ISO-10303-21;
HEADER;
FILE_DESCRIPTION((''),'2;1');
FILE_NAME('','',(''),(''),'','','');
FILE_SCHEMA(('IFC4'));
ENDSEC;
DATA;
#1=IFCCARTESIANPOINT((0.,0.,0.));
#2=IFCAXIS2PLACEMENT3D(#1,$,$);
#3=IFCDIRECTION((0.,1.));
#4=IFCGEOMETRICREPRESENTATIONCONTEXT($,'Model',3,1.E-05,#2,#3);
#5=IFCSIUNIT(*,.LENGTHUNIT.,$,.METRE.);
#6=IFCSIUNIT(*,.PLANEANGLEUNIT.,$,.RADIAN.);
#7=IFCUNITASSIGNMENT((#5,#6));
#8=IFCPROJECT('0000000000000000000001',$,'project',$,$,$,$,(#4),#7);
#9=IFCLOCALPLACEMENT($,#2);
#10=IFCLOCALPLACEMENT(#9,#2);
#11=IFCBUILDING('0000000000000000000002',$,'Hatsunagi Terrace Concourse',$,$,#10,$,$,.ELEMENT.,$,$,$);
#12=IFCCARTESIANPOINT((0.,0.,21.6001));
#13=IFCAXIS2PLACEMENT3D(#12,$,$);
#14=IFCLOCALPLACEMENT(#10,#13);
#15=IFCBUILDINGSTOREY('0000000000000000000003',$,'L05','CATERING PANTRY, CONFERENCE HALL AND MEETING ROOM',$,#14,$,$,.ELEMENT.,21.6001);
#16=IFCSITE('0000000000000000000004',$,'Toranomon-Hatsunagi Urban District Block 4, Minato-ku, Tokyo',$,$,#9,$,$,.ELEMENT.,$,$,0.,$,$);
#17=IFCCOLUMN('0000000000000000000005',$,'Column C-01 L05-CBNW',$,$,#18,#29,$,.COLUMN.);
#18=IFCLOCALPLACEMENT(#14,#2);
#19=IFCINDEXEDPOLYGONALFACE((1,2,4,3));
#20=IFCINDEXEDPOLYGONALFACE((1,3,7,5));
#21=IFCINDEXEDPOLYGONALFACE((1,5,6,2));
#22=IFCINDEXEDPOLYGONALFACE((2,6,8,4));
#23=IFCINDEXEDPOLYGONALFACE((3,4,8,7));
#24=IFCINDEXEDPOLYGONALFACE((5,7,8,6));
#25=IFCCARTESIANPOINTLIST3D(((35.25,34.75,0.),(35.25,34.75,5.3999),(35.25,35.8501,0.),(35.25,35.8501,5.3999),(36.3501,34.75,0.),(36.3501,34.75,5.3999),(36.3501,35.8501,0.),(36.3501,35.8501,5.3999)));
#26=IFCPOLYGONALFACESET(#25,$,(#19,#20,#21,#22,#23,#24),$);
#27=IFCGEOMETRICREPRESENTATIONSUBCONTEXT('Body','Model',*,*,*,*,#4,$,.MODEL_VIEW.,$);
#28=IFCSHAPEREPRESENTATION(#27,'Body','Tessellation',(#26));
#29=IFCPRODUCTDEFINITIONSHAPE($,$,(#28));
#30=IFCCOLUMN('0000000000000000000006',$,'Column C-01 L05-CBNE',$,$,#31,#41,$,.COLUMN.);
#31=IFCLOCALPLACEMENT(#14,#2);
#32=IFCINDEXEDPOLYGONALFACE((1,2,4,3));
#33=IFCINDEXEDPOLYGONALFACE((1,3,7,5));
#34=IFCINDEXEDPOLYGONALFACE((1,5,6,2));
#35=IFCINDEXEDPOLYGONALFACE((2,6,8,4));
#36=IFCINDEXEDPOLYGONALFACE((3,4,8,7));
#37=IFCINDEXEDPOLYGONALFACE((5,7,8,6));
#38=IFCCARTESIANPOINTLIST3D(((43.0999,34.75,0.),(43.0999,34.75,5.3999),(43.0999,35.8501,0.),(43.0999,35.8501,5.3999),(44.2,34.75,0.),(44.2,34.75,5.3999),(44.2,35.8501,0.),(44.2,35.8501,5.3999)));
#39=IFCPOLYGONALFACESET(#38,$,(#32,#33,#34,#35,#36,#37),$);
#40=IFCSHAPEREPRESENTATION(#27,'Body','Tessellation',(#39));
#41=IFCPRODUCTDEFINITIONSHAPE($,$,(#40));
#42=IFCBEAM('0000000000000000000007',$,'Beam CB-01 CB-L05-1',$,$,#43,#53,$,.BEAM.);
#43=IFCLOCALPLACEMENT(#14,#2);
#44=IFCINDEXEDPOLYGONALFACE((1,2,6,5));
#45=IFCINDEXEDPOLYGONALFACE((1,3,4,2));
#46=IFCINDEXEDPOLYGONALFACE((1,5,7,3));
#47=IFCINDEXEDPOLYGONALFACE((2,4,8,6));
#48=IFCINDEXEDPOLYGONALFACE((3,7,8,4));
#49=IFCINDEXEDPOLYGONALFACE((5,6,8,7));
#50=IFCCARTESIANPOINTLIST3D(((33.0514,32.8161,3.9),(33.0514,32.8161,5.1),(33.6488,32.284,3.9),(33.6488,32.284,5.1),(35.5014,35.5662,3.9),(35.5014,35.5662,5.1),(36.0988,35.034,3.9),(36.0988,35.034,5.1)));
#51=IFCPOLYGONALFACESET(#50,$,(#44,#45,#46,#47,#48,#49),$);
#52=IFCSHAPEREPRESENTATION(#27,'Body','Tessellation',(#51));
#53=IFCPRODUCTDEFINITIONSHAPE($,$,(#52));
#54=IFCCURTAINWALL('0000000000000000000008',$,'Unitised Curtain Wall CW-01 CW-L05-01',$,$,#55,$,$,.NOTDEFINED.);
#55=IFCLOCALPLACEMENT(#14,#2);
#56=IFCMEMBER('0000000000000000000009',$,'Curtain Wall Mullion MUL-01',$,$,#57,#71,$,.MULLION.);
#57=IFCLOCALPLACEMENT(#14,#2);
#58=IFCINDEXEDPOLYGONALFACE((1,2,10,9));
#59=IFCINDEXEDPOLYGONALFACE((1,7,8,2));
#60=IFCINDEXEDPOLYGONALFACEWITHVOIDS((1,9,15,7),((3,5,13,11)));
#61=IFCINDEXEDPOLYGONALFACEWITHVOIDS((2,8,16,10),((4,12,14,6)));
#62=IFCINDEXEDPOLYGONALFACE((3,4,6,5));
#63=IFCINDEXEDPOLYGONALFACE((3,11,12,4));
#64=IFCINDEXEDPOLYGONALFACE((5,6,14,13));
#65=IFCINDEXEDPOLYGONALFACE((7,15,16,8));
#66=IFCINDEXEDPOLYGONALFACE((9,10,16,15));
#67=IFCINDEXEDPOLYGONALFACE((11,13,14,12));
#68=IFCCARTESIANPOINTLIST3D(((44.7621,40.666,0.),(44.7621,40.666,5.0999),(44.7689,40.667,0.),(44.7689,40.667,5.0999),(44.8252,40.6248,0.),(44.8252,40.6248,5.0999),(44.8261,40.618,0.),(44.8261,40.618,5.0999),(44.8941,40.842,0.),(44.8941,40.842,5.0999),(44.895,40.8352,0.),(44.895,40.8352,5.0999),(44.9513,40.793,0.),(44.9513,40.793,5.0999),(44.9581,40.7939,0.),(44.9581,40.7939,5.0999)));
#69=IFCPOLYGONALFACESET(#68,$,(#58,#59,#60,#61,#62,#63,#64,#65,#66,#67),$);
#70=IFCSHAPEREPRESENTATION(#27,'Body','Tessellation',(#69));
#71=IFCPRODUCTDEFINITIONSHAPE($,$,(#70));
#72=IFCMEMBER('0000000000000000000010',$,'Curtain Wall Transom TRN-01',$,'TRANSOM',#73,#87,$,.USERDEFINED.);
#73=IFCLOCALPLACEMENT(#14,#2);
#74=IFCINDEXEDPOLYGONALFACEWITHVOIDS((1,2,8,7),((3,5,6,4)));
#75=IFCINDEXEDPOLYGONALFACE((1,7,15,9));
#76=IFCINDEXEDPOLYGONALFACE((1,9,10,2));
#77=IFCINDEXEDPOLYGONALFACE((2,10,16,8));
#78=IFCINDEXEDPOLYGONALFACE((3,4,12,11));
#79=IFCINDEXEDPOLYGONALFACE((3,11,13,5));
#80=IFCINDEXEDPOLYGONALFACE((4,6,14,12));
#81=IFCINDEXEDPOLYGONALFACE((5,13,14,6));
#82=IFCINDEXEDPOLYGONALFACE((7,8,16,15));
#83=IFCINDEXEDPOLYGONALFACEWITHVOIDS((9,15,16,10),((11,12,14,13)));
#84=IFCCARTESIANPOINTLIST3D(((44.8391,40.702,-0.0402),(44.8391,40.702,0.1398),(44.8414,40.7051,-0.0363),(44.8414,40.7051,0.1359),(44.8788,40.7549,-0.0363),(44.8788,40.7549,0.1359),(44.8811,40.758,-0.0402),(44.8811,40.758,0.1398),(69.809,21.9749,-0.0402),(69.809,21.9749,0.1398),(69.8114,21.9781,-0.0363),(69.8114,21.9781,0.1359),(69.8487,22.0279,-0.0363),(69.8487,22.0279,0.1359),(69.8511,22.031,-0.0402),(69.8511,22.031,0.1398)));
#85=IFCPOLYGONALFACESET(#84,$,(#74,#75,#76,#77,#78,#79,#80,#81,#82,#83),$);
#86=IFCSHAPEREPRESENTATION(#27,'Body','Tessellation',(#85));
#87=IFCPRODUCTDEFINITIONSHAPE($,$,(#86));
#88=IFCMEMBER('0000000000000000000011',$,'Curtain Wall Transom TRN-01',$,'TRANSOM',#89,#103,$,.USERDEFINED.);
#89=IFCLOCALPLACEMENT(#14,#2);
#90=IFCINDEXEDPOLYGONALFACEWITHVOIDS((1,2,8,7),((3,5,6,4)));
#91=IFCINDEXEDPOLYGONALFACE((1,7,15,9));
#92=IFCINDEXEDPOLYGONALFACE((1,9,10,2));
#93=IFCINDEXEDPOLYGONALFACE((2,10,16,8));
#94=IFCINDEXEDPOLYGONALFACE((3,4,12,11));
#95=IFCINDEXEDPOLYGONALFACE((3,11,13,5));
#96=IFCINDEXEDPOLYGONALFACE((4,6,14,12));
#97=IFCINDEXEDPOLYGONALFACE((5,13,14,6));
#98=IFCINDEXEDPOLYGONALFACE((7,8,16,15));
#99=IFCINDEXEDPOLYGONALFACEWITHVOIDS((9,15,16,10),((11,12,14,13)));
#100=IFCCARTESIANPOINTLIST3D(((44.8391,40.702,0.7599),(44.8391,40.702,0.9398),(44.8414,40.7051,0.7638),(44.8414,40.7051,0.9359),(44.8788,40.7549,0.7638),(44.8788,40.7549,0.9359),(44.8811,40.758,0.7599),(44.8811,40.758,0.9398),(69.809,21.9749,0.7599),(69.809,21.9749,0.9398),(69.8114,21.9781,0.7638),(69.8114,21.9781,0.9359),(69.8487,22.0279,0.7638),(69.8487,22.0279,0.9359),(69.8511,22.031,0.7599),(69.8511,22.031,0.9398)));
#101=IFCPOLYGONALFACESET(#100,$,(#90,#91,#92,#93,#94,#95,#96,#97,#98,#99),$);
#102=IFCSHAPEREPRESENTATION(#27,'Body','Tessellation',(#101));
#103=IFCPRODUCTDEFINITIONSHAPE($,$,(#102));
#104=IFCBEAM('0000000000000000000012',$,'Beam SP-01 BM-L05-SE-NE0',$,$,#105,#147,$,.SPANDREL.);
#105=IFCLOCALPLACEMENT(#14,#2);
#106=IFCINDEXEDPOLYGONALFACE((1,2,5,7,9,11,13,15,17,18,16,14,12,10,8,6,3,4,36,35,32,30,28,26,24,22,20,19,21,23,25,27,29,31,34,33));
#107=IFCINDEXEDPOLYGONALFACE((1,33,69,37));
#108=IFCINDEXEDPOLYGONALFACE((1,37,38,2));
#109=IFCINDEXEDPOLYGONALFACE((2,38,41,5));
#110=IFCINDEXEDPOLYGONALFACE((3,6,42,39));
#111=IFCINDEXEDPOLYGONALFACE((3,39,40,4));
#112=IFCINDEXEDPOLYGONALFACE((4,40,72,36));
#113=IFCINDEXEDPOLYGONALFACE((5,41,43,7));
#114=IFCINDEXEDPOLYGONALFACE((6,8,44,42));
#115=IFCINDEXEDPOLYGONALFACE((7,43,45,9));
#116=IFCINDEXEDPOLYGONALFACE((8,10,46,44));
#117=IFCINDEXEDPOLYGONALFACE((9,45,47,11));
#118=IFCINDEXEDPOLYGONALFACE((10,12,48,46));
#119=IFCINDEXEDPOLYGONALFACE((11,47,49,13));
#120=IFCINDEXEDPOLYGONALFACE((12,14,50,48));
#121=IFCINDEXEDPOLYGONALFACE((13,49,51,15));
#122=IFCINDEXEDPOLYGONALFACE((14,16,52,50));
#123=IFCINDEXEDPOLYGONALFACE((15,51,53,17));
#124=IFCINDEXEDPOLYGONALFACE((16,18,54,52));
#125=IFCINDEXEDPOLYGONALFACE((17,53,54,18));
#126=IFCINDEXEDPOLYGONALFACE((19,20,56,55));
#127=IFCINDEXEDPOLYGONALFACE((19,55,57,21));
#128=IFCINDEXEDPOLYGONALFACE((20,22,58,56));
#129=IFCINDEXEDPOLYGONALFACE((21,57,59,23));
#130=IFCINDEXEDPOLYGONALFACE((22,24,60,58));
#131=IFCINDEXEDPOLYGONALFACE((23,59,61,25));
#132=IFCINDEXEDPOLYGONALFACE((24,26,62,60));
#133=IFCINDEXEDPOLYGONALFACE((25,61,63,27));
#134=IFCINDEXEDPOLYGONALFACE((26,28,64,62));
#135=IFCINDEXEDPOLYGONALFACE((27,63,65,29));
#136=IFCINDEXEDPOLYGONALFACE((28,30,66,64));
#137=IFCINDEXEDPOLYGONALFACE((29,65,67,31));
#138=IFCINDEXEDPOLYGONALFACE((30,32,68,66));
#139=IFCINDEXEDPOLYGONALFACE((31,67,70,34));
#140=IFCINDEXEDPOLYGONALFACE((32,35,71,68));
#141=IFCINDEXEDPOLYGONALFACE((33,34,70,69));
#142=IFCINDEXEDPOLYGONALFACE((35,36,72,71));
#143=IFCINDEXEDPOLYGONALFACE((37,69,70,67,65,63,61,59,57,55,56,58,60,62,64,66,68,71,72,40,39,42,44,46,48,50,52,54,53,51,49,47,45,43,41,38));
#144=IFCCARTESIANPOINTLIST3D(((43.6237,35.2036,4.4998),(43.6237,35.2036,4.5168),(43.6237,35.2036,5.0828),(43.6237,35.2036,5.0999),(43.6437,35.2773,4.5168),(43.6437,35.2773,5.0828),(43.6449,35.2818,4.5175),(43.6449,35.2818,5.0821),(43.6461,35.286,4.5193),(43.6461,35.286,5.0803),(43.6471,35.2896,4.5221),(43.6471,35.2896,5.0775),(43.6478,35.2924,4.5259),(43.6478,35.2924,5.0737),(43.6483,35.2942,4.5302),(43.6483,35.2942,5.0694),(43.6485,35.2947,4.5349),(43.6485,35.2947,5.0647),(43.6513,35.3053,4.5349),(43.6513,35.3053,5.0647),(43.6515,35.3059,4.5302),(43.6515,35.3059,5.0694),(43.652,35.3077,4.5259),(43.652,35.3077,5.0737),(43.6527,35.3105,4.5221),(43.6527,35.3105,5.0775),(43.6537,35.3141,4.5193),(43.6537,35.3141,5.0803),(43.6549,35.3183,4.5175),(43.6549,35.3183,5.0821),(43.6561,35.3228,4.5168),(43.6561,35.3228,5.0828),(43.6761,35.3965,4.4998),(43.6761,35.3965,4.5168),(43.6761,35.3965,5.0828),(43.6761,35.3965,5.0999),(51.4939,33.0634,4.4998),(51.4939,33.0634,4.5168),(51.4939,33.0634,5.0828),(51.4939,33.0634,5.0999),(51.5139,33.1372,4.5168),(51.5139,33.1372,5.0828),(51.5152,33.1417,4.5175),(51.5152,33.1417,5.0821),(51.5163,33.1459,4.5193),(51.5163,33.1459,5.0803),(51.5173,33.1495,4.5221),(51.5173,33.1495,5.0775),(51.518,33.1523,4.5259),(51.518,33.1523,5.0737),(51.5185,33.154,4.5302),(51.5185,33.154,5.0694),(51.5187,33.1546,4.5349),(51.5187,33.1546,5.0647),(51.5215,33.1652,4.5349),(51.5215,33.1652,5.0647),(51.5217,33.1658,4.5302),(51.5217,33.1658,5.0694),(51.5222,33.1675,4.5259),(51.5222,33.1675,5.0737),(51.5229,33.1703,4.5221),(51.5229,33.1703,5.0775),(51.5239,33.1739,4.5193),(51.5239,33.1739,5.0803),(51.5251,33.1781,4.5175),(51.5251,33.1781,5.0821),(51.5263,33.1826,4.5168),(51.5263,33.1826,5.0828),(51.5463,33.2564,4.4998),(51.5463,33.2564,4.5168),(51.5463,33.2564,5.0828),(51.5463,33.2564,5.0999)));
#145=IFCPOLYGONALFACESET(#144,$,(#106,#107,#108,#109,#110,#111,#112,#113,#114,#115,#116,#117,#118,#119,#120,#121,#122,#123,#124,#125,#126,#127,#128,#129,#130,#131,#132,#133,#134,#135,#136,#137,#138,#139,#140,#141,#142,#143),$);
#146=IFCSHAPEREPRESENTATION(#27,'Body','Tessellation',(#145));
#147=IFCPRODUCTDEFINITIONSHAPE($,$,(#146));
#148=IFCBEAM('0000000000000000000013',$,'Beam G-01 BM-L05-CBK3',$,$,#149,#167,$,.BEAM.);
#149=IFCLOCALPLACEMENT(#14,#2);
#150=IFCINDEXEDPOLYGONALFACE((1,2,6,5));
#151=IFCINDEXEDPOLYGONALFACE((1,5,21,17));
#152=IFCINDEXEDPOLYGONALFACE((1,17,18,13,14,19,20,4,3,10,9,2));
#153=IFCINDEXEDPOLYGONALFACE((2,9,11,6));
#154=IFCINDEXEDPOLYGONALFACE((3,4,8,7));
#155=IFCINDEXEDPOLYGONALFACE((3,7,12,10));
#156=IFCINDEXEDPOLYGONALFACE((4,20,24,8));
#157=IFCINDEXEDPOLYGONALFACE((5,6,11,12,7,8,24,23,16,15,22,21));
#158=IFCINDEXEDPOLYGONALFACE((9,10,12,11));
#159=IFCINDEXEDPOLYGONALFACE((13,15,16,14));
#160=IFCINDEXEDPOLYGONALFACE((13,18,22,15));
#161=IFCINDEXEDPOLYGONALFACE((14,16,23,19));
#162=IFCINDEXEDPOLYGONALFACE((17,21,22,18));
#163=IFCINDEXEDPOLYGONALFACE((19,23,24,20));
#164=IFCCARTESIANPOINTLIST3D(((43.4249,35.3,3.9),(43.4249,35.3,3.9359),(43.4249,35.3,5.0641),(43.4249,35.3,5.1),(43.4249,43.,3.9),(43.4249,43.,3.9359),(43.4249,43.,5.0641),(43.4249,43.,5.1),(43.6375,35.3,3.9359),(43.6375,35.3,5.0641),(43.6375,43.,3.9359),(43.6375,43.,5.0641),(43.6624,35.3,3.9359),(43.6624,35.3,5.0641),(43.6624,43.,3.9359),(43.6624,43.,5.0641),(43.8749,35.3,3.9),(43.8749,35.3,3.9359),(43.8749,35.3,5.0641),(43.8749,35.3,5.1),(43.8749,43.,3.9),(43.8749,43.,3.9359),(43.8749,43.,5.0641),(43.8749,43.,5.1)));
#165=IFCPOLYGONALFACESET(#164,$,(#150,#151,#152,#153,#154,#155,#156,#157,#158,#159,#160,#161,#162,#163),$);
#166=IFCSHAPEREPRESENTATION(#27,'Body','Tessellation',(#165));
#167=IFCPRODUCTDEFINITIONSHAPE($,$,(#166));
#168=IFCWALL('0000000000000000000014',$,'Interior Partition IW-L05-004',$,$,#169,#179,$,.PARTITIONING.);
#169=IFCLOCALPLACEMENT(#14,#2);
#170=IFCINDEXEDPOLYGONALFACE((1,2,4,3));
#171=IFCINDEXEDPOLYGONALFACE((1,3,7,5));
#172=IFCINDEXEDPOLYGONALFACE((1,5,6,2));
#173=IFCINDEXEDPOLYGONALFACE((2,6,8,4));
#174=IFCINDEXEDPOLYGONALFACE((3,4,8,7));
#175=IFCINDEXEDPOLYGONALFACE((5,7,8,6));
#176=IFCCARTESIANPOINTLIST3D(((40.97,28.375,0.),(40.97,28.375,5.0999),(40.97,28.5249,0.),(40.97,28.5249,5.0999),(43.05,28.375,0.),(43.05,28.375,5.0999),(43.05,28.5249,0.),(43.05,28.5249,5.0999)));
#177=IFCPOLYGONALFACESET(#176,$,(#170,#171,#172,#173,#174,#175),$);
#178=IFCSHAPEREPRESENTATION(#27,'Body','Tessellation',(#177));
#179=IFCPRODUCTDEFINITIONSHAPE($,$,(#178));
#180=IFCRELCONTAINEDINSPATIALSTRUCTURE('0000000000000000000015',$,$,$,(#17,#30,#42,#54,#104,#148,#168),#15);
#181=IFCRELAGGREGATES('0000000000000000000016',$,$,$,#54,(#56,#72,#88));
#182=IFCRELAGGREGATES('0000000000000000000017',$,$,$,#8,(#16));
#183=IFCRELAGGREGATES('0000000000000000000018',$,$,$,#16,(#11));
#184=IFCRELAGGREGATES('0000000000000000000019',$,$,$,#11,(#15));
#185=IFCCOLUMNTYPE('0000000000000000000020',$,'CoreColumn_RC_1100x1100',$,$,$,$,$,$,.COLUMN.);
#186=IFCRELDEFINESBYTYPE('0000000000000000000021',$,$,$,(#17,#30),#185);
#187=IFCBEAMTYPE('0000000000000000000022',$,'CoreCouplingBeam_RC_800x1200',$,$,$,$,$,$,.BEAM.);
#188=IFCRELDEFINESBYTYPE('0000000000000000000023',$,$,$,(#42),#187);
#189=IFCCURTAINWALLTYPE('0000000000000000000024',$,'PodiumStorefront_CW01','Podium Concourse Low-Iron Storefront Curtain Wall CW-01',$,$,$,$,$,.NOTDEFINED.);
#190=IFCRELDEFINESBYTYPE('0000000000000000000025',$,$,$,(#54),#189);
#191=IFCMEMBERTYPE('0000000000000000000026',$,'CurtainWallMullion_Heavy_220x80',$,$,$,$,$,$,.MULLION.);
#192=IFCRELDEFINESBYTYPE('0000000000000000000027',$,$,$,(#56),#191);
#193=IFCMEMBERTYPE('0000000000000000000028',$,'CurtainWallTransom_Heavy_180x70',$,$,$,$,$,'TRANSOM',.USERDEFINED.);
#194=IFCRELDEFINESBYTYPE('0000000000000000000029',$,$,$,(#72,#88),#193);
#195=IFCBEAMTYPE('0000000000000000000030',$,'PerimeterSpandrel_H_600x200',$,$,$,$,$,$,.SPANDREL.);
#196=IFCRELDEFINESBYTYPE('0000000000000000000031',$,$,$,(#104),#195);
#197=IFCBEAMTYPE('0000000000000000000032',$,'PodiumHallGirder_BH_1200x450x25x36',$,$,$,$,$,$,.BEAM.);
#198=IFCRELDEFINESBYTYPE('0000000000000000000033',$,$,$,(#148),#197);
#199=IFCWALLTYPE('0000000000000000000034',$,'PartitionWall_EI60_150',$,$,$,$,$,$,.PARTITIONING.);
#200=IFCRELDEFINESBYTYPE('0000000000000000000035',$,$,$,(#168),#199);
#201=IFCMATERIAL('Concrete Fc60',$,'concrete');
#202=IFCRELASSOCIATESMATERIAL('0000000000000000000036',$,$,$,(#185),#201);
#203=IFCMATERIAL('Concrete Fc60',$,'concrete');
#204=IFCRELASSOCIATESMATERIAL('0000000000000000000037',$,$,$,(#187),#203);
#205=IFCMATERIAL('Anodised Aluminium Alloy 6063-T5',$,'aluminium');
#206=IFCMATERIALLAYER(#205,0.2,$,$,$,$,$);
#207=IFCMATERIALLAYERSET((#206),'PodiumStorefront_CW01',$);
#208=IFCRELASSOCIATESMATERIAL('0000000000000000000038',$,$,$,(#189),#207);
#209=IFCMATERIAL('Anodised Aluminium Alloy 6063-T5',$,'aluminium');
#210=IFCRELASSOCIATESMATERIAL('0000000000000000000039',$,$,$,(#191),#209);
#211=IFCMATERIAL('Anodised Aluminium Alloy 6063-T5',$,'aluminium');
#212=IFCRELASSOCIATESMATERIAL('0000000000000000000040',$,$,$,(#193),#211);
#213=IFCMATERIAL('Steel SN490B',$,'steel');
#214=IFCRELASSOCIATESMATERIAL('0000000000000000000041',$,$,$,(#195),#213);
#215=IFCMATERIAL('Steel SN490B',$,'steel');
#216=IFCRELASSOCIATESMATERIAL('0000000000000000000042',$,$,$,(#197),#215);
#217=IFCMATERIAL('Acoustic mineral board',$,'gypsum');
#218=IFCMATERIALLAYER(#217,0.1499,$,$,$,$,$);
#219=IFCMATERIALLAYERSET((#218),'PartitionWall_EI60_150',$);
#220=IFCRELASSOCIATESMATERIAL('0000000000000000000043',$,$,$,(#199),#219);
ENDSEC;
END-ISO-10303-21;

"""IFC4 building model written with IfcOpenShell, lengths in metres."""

from ifc_helpers import new_model, si_unit, direction, frame, frame_2d, origin, origin_2d, place, context, subcontext, project, spatial, rectangle, hollow_rectangle, i_section, extrude, material, layer, layer_set, material_profile, profile_set, type_object, element, aggregate, save


model = new_model("IFC4")

# Units and contexts
model_context = context("Model", 3, precision=1e-05, world=origin(), true_north=direction((0.0, 1.0)))
body_context = subcontext(model_context, "Body", "Model", "MODEL_VIEW")
ifc_project = project(units=[si_unit("LENGTHUNIT", "METRE"), si_unit("PLANEANGLEUNIT", "RADIAN")], contexts=[model_context])

# Site, building, storey
site_placement = place(None, origin())
site = spatial("IfcSite", under=ifc_project, at=site_placement, Name="Toranomon-Hatsunagi Urban District Block 4, Minato-ku, Tokyo", CompositionType="ELEMENT", RefElevation=0.0)
building_placement = place(site_placement, origin())
building = spatial("IfcBuilding", under=site, at=building_placement, Name="Hatsunagi Terrace Concourse", CompositionType="ELEMENT")
storey_placement = place(building_placement, frame((0.0, 0.0, 21.6001)))
storey = spatial("IfcBuildingStorey", under=building, at=storey_placement, Name="L05", Description="CATERING PANTRY, CONFERENCE HALL AND MEETING ROOM", CompositionType="ELEMENT", Elevation=21.6001)

# Columns
ifc_material_1 = material(Name="Concrete Fc60", Category="concrete")
ifc_material_profile_1 = material_profile(ifc_material_1, rectangle(XDim=1.1001, YDim=1.1001, at=origin_2d()), Name="RC-1100x1100")
ifc_profile_set_1 = profile_set([ifc_material_profile_1], Name="Concrete Fc60")
column_type = type_object("IfcColumnType", Name="CoreColumn_RC_1100x1100", PredefinedType="COLUMN", material=ifc_profile_set_1)
for number, where, z_axis, x_axis, name in (
    (1, (35.8, 35.3, 0.0), (0.0, 0.0, 1.0), (1.0, 0.0, 0.0), "Column C-01 L05-CBNW"),
    (2, (43.6499, 35.3, 0.0), (0.0, 0.0, 1.0), (1.0, 0.0, 0.0), "Column C-01 L05-CBNE"),
):
    element("IfcColumn", number, at=place(storey_placement, frame(where, z_axis=z_axis, x_axis=x_axis)), inside=storey, type_object=column_type, Name=name, PredefinedType="COLUMN", context=body_context, shape_type="SweptSolid", body=[
        extrude(rectangle(XDim=1.1001, YDim=1.1001, at=origin_2d()), origin(), (0.0, 0.0, 1.0), 5.3999),
    ])

# Beam
ifc_material_2 = material(Name="Concrete Fc60", Category="concrete")
ifc_material_profile_2 = material_profile(ifc_material_2, rectangle(XDim=0.8, YDim=1.2, at=origin_2d()), Name="RC-800x1200")
ifc_profile_set_2 = profile_set([ifc_material_profile_2], Name="Concrete Fc60")
beam_type_1 = type_object("IfcBeamType", Name="CoreCouplingBeam_RC_800x1200", PredefinedType="BEAM", material=ifc_profile_set_2)
beam_1_placement = place(storey_placement, frame((33.3501, 32.55, 4.5), z_axis=(0.665199, 0.746666, 0.0), x_axis=(-0.746666, 0.665199, 0.0)))
element("IfcBeam", 3, at=beam_1_placement, inside=storey, type_object=beam_type_1, Name="Beam CB-01 CB-L05-1", PredefinedType="BEAM", context=body_context, shape_type="SweptSolid", body=[
    extrude(rectangle(XDim=0.8, YDim=1.2, at=origin_2d()), origin(), (0.0, 0.0, 1.0), 3.6831),
])

# Curtain wall, members
ifc_material_3 = material(Name="Anodised Aluminium Alloy 6063-T5", Category="aluminium")
ifc_layer_1 = layer(ifc_material_3, 0.2)
ifc_layer_set_1 = layer_set([ifc_layer_1], Name="PodiumStorefront_CW01")
curtain_wall_type = type_object("IfcCurtainWallType", Name="PodiumStorefront_CW01", Description="Podium Concourse Low-Iron Storefront Curtain Wall CW-01", PredefinedType="NOTDEFINED", material=ifc_layer_set_1)
curtain_wall_placement = place(storey_placement, origin())
curtain_wall = element("IfcCurtainWall", 4, at=curtain_wall_placement, inside=storey, type_object=curtain_wall_type, Name="Unitised Curtain Wall CW-01 CW-L05-01", PredefinedType="NOTDEFINED")
ifc_material_4 = material(Name="Anodised Aluminium Alloy 6063-T5", Category="aluminium")
ifc_material_profile_3 = material_profile(ifc_material_4, hollow_rectangle(XDim=0.0801, YDim=0.22, WallThickness=0.0049, at=origin_2d()), Name="ALU-MUL-220x80x5")
ifc_profile_set_3 = profile_set([ifc_material_profile_3], Name="Anodised Aluminium Alloy 6063-T5")
member_type_1 = type_object("IfcMemberType", Name="CurtainWallMullion_Heavy_220x80", PredefinedType="MULLION", material=ifc_profile_set_3)
member_1_placement = place(storey_placement, frame((44.8601, 40.73, 0.0), z_axis=(0.0, 0.0, 1.0), x_axis=(0.800007, -0.59999, 0.0)))
member_1 = element("IfcMember", 5, at=member_1_placement, type_object=member_type_1, Name="Curtain Wall Mullion MUL-01", PredefinedType="MULLION", context=body_context, shape_type="SweptSolid", body=[
    extrude(hollow_rectangle(XDim=0.0801, YDim=0.22, WallThickness=0.0049, at=origin_2d()), origin(), (0.0, 0.0, 1.0), 5.0999),
])
ifc_material_5 = material(Name="Anodised Aluminium Alloy 6063-T5", Category="aluminium")
ifc_material_profile_4 = material_profile(ifc_material_5, hollow_rectangle(XDim=0.0701, YDim=0.1799, WallThickness=0.0039, at=origin_2d()), Name="ALU-TRN-180x70x4")
ifc_profile_set_4 = profile_set([ifc_material_profile_4], Name="Anodised Aluminium Alloy 6063-T5")
member_type_2 = type_object("IfcMemberType", Name="CurtainWallTransom_Heavy_180x70", ElementType="TRANSOM", PredefinedType="USERDEFINED", material=ifc_profile_set_4)
member_2_placement = place(storey_placement, frame((44.8601, 40.73, 0.0498), z_axis=(0.800007, -0.599991, 0.0), x_axis=(0.599991, 0.800007, 0.0)))
member_2 = element("IfcMember", 6, at=member_2_placement, type_object=member_type_2, Name="Curtain Wall Transom TRN-01", ObjectType="TRANSOM", PredefinedType="USERDEFINED", context=body_context, shape_type="SweptSolid", body=[
    extrude(hollow_rectangle(XDim=0.0701, YDim=0.1799, WallThickness=0.0039, at=origin_2d()), origin(), (0.0, 0.0, 1.0), 31.2122),
])
member_3_placement = place(storey_placement, frame((44.8601, 40.73, 0.8499), z_axis=(0.800007, -0.599991, 0.0), x_axis=(0.599991, 0.800007, 0.0)))
member_3 = element("IfcMember", 7, at=member_3_placement, type_object=member_type_2, Name="Curtain Wall Transom TRN-01", ObjectType="TRANSOM", PredefinedType="USERDEFINED", context=body_context, shape_type="SweptSolid", body=[
    extrude(hollow_rectangle(XDim=0.0701, YDim=0.1799, WallThickness=0.0039, at=origin_2d()), origin(), (0.0, 0.0, 1.0), 31.2122),
])
aggregate(curtain_wall, [member_1, member_2, member_3])

# Beams
ifc_material_6 = material(Name="Steel SN490B", Category="steel")
ifc_material_profile_5 = material_profile(ifc_material_6, i_section(OverallWidth=0.2, OverallDepth=0.6001, WebThickness=0.011, FlangeThickness=0.0171, FilletRadius=0.0181, at=origin_2d()), Name="H-600x200x11x17")
ifc_profile_set_5 = profile_set([ifc_material_profile_5], Name="Steel SN490B")
beam_type_2 = type_object("IfcBeamType", Name="PerimeterSpandrel_H_600x200", PredefinedType="SPANDREL", material=ifc_profile_set_5)
beam_2_placement = place(storey_placement, frame((43.6499, 35.3, 4.7998), z_axis=(0.964958, -0.262403, 0.0), x_axis=(0.262403, 0.964958, 0.0)))
element("IfcBeam", 8, at=beam_2_placement, inside=storey, type_object=beam_type_2, Name="Beam SP-01 BM-L05-SE-NE0", PredefinedType="SPANDREL", context=body_context, shape_type="SweptSolid", body=[
    extrude(i_section(OverallWidth=0.2, OverallDepth=0.6001, WebThickness=0.011, FlangeThickness=0.0171, FilletRadius=0.0181, at=origin_2d()), origin(), (0.0, 0.0, 1.0), 8.156),
])
ifc_material_7 = material(Name="Steel SN490B", Category="steel")
ifc_material_profile_6 = material_profile(ifc_material_7, i_section(OverallWidth=0.45, OverallDepth=1.2, WebThickness=0.0249, FlangeThickness=0.0359, at=origin_2d()), Name="BH-1200x450x25x36")
ifc_profile_set_6 = profile_set([ifc_material_profile_6], Name="Steel SN490B")
beam_type_3 = type_object("IfcBeamType", Name="PodiumHallGirder_BH_1200x450x25x36", PredefinedType="BEAM", material=ifc_profile_set_6)
beam_3_placement = place(storey_placement, frame((43.6499, 35.3, 4.5), z_axis=(0.0, 1.0, 0.0), x_axis=(-1.0, 0.0, 0.0)))
element("IfcBeam", 9, at=beam_3_placement, inside=storey, type_object=beam_type_3, Name="Beam G-01 BM-L05-CBK3", PredefinedType="BEAM", context=body_context, shape_type="SweptSolid", body=[
    extrude(i_section(OverallWidth=0.45, OverallDepth=1.2, WebThickness=0.0249, FlangeThickness=0.0359, at=origin_2d()), origin(), (0.0, 0.0, 1.0), 7.7),
])

# Wall
ifc_material_8 = material(Name="Acoustic mineral board", Category="gypsum")
ifc_layer_2 = layer(ifc_material_8, 0.1499)
ifc_layer_set_2 = layer_set([ifc_layer_2], Name="PartitionWall_EI60_150")
wall_type_1 = type_object("IfcWallType", Name="PartitionWall_EI60_150", PredefinedType="PARTITIONING", material=ifc_layer_set_2)
wall_1_placement = place(storey_placement, frame((40.97, 28.45, 0.0), z_axis=(0.0, 0.0, 1.0), x_axis=(1.0, 0.0, 0.0)))
element("IfcWall", 10, at=wall_1_placement, inside=storey, type_object=wall_type_1, Name="Interior Partition IW-L05-004", PredefinedType="PARTITIONING", context=body_context, shape_type="SweptSolid", body=[
    extrude(rectangle(XDim=2.0801, YDim=0.1499, at=frame_2d((1.04, 0.0))), origin(), (0.0, 0.0, 1.0), 5.0999),
])

save(model, "model.ifc")
